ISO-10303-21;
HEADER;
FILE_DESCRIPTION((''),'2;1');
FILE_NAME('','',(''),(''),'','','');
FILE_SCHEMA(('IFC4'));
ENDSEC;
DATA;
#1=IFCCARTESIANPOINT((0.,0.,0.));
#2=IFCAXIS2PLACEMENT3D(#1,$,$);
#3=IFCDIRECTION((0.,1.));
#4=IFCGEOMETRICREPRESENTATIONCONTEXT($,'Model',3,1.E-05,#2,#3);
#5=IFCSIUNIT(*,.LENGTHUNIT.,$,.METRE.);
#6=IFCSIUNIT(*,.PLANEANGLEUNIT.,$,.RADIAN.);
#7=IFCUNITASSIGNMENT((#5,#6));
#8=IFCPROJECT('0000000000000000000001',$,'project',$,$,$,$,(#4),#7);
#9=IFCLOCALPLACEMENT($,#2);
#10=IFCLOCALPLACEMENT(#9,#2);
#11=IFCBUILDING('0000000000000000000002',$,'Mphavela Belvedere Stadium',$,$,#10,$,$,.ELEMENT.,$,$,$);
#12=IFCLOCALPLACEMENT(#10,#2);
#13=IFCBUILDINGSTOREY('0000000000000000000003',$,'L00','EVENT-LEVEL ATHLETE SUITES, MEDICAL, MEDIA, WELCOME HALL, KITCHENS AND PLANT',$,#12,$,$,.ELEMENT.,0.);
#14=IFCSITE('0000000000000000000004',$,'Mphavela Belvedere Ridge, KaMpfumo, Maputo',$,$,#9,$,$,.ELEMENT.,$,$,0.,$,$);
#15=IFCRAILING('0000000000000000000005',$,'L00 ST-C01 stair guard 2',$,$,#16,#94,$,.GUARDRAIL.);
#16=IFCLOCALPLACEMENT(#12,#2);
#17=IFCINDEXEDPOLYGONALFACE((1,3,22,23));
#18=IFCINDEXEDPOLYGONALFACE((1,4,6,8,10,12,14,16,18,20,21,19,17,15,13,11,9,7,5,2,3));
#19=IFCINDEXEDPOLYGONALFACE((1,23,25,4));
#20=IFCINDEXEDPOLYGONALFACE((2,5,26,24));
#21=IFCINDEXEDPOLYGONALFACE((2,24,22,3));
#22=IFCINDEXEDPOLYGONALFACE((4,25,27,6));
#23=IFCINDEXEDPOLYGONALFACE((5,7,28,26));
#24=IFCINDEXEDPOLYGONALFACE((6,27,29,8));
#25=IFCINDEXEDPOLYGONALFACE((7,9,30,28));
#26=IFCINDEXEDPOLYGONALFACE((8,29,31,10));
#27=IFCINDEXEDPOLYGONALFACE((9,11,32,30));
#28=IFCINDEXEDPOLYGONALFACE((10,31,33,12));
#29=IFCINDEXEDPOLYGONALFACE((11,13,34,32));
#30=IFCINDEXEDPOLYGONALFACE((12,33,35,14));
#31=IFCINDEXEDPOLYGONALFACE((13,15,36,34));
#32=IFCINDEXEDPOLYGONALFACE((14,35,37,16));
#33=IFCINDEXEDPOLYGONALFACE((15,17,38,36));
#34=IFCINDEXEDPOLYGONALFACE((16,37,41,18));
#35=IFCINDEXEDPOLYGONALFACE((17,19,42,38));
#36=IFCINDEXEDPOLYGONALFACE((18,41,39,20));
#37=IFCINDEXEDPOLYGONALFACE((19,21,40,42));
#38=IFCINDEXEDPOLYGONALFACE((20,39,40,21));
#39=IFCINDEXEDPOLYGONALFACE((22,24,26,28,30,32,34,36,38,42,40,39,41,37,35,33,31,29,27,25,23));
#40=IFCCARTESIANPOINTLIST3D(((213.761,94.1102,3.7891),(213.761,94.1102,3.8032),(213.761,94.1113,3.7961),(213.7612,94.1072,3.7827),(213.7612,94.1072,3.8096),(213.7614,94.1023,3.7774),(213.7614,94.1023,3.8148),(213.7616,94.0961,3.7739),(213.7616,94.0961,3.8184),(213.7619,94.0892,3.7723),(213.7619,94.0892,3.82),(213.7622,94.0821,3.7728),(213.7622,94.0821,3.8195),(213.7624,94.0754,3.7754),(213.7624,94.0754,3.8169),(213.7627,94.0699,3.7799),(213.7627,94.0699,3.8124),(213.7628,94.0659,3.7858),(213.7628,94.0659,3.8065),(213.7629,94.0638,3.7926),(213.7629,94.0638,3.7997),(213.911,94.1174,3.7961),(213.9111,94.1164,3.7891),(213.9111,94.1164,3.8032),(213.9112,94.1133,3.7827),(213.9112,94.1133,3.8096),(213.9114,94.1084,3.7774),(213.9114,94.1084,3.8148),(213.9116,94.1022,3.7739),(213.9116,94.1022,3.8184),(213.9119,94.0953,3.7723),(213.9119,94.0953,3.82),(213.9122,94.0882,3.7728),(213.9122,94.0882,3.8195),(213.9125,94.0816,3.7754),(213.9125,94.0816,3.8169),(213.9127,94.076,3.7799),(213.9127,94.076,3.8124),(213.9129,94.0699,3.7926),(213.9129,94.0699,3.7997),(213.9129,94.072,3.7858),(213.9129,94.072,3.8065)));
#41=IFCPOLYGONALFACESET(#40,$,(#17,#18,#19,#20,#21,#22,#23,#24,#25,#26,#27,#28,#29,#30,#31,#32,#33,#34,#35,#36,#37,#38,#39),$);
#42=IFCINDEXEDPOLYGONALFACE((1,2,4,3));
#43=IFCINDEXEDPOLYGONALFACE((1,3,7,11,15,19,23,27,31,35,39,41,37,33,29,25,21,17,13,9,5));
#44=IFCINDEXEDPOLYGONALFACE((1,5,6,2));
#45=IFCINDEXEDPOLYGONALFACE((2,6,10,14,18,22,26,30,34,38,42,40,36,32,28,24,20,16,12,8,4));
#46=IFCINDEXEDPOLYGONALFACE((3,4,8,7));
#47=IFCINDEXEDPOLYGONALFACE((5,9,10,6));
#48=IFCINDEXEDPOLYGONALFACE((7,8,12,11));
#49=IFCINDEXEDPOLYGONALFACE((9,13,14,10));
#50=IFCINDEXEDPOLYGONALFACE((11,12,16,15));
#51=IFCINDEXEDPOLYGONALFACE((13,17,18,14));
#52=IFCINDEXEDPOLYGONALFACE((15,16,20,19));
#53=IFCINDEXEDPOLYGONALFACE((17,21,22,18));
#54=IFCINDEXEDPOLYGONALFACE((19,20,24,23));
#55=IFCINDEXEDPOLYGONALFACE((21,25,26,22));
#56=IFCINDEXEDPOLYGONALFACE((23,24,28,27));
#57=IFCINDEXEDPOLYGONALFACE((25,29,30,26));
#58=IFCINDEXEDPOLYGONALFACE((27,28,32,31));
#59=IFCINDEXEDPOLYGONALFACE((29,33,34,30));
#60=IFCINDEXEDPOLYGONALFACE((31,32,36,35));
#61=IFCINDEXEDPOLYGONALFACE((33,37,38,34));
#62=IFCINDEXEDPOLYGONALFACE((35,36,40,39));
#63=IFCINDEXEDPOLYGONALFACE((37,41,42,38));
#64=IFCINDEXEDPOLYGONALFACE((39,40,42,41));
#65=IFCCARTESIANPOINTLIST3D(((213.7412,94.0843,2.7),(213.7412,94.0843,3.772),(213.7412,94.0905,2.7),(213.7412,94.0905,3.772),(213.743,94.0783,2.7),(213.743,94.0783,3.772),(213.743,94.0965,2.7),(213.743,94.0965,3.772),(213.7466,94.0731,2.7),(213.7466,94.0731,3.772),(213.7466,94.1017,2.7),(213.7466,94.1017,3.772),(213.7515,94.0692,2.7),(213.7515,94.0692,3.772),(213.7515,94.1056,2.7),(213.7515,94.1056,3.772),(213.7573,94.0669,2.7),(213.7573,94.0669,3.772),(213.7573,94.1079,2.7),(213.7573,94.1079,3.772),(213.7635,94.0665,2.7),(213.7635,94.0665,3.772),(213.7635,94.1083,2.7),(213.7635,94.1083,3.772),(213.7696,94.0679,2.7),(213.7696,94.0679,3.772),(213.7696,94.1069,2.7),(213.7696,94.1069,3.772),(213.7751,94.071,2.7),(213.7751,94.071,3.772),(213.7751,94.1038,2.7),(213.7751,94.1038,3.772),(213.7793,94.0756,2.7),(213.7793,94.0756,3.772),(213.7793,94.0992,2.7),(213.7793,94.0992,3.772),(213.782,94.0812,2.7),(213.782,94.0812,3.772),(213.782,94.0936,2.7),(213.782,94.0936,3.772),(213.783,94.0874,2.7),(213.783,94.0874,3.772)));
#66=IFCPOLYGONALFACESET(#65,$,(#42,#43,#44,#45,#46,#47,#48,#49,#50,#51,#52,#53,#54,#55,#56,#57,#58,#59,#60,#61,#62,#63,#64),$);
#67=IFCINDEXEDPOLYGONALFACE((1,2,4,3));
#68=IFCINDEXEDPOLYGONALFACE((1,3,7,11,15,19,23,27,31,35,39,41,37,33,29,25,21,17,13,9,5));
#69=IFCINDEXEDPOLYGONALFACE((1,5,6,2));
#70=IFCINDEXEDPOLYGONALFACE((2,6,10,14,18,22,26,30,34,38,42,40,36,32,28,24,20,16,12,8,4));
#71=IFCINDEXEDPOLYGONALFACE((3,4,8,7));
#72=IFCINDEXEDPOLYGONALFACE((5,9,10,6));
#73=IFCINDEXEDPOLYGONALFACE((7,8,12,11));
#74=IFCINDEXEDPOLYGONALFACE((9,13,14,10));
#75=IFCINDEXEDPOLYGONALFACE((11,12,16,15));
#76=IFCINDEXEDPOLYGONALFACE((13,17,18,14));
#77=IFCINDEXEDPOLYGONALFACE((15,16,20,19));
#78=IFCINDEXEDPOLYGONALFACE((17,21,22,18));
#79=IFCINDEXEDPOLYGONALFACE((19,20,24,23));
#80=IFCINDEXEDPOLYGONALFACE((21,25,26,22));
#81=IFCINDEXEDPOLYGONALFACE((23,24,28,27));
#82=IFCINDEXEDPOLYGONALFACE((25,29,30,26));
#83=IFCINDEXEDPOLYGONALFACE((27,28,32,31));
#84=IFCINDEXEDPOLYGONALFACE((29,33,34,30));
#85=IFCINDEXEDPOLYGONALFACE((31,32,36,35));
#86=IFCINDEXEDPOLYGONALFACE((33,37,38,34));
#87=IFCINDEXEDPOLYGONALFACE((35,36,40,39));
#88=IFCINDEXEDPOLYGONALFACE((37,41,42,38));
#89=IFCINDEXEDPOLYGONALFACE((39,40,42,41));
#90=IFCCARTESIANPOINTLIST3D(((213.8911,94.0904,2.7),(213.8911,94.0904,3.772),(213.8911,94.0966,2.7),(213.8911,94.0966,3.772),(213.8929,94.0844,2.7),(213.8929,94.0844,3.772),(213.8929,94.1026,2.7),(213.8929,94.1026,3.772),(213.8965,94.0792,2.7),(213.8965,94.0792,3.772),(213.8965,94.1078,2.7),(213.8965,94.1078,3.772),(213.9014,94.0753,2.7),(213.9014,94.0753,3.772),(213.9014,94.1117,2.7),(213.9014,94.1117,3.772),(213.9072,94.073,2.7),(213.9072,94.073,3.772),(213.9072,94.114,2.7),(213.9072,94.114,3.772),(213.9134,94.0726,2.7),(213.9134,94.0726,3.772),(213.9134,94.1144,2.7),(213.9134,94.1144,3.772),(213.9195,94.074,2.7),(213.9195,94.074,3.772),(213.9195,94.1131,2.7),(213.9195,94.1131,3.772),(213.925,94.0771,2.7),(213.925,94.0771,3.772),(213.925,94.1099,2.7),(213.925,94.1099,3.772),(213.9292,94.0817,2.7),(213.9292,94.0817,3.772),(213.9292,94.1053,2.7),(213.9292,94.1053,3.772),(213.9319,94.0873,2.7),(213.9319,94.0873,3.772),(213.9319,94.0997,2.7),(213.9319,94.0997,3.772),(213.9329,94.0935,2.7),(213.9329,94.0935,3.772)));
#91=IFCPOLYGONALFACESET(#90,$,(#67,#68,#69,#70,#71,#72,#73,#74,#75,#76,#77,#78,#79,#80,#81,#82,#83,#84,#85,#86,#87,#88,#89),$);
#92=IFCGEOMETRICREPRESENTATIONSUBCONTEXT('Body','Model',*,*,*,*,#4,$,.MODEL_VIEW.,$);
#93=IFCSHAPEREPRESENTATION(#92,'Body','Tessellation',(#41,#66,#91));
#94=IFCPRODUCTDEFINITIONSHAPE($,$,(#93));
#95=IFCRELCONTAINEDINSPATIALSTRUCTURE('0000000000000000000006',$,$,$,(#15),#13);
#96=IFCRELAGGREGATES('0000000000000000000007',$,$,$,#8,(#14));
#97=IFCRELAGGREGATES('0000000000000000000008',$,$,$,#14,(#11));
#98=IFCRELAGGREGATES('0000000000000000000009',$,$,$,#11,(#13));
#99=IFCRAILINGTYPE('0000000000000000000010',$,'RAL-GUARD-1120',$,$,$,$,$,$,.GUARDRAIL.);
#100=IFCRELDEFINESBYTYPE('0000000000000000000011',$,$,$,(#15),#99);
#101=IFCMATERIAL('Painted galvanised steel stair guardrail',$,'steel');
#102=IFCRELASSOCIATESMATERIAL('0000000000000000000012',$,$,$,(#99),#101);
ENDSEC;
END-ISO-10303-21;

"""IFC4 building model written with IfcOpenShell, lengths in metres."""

from ifc_helpers import new_model, si_unit, direction, frame, origin, origin_2d, place, context, subcontext, project, spatial, circle, extrude, material, type_object, element, save


model = new_model("IFC4")

# Units and contexts
model_context = context("Model", 3, precision=1e-05, world=origin(), true_north=direction((0.0, 1.0)))
body_context = subcontext(model_context, "Body", "Model", "MODEL_VIEW")
ifc_project = project(units=[si_unit("LENGTHUNIT", "METRE"), si_unit("PLANEANGLEUNIT", "RADIAN")], contexts=[model_context])

# Site, building, storey
site_placement = place(None, origin())
site = spatial("IfcSite", under=ifc_project, at=site_placement, Name="Mphavela Belvedere Ridge, KaMpfumo, Maputo", CompositionType="ELEMENT", RefElevation=0.0)
building_placement = place(site_placement, origin())
building = spatial("IfcBuilding", under=site, at=building_placement, Name="Mphavela Belvedere Stadium", CompositionType="ELEMENT")
storey_placement = place(building_placement, origin())
storey = spatial("IfcBuildingStorey", under=building, at=storey_placement, Name="L00", Description="EVENT-LEVEL ATHLETE SUITES, MEDICAL, MEDIA, WELCOME HALL, KITCHENS AND PLANT", CompositionType="ELEMENT", Elevation=0.0)

# Railing
ifc_material_1 = material(Name="Painted galvanised steel stair guardrail", Category="steel")
railing_type_1 = type_object("IfcRailingType", Name="RAL-GUARD-1120", PredefinedType="GUARDRAIL", material=ifc_material_1)
railing_1_placement = place(storey_placement, frame((213.762, 94.0874, 2.7)))
element("IfcRailing", 1, at=railing_1_placement, inside=storey, type_object=railing_type_1, Name="L00 ST-C01 stair guard 2", PredefinedType="GUARDRAIL", context=body_context, shape_type="SweptSolid", body=[
    extrude(circle(Radius=0.0239, at=origin_2d()), frame((0.0, 0.0, 1.0962), z_axis=(0.999172, 0.040683, 0.0), x_axis=(-0.040683, 0.999172, 0.0)), (0.0, 0.0, 1.0), 0.1501),
    extrude(circle(Radius=0.021, at=origin_2d()), origin(), (0.0, 0.0, 1.0), 1.072),
    extrude(circle(Radius=0.021, at=origin_2d()), frame((0.1499, 0.0061, 0.0)), (0.0, 0.0, 1.0), 1.072),
])

save(model, "model.ifc")
